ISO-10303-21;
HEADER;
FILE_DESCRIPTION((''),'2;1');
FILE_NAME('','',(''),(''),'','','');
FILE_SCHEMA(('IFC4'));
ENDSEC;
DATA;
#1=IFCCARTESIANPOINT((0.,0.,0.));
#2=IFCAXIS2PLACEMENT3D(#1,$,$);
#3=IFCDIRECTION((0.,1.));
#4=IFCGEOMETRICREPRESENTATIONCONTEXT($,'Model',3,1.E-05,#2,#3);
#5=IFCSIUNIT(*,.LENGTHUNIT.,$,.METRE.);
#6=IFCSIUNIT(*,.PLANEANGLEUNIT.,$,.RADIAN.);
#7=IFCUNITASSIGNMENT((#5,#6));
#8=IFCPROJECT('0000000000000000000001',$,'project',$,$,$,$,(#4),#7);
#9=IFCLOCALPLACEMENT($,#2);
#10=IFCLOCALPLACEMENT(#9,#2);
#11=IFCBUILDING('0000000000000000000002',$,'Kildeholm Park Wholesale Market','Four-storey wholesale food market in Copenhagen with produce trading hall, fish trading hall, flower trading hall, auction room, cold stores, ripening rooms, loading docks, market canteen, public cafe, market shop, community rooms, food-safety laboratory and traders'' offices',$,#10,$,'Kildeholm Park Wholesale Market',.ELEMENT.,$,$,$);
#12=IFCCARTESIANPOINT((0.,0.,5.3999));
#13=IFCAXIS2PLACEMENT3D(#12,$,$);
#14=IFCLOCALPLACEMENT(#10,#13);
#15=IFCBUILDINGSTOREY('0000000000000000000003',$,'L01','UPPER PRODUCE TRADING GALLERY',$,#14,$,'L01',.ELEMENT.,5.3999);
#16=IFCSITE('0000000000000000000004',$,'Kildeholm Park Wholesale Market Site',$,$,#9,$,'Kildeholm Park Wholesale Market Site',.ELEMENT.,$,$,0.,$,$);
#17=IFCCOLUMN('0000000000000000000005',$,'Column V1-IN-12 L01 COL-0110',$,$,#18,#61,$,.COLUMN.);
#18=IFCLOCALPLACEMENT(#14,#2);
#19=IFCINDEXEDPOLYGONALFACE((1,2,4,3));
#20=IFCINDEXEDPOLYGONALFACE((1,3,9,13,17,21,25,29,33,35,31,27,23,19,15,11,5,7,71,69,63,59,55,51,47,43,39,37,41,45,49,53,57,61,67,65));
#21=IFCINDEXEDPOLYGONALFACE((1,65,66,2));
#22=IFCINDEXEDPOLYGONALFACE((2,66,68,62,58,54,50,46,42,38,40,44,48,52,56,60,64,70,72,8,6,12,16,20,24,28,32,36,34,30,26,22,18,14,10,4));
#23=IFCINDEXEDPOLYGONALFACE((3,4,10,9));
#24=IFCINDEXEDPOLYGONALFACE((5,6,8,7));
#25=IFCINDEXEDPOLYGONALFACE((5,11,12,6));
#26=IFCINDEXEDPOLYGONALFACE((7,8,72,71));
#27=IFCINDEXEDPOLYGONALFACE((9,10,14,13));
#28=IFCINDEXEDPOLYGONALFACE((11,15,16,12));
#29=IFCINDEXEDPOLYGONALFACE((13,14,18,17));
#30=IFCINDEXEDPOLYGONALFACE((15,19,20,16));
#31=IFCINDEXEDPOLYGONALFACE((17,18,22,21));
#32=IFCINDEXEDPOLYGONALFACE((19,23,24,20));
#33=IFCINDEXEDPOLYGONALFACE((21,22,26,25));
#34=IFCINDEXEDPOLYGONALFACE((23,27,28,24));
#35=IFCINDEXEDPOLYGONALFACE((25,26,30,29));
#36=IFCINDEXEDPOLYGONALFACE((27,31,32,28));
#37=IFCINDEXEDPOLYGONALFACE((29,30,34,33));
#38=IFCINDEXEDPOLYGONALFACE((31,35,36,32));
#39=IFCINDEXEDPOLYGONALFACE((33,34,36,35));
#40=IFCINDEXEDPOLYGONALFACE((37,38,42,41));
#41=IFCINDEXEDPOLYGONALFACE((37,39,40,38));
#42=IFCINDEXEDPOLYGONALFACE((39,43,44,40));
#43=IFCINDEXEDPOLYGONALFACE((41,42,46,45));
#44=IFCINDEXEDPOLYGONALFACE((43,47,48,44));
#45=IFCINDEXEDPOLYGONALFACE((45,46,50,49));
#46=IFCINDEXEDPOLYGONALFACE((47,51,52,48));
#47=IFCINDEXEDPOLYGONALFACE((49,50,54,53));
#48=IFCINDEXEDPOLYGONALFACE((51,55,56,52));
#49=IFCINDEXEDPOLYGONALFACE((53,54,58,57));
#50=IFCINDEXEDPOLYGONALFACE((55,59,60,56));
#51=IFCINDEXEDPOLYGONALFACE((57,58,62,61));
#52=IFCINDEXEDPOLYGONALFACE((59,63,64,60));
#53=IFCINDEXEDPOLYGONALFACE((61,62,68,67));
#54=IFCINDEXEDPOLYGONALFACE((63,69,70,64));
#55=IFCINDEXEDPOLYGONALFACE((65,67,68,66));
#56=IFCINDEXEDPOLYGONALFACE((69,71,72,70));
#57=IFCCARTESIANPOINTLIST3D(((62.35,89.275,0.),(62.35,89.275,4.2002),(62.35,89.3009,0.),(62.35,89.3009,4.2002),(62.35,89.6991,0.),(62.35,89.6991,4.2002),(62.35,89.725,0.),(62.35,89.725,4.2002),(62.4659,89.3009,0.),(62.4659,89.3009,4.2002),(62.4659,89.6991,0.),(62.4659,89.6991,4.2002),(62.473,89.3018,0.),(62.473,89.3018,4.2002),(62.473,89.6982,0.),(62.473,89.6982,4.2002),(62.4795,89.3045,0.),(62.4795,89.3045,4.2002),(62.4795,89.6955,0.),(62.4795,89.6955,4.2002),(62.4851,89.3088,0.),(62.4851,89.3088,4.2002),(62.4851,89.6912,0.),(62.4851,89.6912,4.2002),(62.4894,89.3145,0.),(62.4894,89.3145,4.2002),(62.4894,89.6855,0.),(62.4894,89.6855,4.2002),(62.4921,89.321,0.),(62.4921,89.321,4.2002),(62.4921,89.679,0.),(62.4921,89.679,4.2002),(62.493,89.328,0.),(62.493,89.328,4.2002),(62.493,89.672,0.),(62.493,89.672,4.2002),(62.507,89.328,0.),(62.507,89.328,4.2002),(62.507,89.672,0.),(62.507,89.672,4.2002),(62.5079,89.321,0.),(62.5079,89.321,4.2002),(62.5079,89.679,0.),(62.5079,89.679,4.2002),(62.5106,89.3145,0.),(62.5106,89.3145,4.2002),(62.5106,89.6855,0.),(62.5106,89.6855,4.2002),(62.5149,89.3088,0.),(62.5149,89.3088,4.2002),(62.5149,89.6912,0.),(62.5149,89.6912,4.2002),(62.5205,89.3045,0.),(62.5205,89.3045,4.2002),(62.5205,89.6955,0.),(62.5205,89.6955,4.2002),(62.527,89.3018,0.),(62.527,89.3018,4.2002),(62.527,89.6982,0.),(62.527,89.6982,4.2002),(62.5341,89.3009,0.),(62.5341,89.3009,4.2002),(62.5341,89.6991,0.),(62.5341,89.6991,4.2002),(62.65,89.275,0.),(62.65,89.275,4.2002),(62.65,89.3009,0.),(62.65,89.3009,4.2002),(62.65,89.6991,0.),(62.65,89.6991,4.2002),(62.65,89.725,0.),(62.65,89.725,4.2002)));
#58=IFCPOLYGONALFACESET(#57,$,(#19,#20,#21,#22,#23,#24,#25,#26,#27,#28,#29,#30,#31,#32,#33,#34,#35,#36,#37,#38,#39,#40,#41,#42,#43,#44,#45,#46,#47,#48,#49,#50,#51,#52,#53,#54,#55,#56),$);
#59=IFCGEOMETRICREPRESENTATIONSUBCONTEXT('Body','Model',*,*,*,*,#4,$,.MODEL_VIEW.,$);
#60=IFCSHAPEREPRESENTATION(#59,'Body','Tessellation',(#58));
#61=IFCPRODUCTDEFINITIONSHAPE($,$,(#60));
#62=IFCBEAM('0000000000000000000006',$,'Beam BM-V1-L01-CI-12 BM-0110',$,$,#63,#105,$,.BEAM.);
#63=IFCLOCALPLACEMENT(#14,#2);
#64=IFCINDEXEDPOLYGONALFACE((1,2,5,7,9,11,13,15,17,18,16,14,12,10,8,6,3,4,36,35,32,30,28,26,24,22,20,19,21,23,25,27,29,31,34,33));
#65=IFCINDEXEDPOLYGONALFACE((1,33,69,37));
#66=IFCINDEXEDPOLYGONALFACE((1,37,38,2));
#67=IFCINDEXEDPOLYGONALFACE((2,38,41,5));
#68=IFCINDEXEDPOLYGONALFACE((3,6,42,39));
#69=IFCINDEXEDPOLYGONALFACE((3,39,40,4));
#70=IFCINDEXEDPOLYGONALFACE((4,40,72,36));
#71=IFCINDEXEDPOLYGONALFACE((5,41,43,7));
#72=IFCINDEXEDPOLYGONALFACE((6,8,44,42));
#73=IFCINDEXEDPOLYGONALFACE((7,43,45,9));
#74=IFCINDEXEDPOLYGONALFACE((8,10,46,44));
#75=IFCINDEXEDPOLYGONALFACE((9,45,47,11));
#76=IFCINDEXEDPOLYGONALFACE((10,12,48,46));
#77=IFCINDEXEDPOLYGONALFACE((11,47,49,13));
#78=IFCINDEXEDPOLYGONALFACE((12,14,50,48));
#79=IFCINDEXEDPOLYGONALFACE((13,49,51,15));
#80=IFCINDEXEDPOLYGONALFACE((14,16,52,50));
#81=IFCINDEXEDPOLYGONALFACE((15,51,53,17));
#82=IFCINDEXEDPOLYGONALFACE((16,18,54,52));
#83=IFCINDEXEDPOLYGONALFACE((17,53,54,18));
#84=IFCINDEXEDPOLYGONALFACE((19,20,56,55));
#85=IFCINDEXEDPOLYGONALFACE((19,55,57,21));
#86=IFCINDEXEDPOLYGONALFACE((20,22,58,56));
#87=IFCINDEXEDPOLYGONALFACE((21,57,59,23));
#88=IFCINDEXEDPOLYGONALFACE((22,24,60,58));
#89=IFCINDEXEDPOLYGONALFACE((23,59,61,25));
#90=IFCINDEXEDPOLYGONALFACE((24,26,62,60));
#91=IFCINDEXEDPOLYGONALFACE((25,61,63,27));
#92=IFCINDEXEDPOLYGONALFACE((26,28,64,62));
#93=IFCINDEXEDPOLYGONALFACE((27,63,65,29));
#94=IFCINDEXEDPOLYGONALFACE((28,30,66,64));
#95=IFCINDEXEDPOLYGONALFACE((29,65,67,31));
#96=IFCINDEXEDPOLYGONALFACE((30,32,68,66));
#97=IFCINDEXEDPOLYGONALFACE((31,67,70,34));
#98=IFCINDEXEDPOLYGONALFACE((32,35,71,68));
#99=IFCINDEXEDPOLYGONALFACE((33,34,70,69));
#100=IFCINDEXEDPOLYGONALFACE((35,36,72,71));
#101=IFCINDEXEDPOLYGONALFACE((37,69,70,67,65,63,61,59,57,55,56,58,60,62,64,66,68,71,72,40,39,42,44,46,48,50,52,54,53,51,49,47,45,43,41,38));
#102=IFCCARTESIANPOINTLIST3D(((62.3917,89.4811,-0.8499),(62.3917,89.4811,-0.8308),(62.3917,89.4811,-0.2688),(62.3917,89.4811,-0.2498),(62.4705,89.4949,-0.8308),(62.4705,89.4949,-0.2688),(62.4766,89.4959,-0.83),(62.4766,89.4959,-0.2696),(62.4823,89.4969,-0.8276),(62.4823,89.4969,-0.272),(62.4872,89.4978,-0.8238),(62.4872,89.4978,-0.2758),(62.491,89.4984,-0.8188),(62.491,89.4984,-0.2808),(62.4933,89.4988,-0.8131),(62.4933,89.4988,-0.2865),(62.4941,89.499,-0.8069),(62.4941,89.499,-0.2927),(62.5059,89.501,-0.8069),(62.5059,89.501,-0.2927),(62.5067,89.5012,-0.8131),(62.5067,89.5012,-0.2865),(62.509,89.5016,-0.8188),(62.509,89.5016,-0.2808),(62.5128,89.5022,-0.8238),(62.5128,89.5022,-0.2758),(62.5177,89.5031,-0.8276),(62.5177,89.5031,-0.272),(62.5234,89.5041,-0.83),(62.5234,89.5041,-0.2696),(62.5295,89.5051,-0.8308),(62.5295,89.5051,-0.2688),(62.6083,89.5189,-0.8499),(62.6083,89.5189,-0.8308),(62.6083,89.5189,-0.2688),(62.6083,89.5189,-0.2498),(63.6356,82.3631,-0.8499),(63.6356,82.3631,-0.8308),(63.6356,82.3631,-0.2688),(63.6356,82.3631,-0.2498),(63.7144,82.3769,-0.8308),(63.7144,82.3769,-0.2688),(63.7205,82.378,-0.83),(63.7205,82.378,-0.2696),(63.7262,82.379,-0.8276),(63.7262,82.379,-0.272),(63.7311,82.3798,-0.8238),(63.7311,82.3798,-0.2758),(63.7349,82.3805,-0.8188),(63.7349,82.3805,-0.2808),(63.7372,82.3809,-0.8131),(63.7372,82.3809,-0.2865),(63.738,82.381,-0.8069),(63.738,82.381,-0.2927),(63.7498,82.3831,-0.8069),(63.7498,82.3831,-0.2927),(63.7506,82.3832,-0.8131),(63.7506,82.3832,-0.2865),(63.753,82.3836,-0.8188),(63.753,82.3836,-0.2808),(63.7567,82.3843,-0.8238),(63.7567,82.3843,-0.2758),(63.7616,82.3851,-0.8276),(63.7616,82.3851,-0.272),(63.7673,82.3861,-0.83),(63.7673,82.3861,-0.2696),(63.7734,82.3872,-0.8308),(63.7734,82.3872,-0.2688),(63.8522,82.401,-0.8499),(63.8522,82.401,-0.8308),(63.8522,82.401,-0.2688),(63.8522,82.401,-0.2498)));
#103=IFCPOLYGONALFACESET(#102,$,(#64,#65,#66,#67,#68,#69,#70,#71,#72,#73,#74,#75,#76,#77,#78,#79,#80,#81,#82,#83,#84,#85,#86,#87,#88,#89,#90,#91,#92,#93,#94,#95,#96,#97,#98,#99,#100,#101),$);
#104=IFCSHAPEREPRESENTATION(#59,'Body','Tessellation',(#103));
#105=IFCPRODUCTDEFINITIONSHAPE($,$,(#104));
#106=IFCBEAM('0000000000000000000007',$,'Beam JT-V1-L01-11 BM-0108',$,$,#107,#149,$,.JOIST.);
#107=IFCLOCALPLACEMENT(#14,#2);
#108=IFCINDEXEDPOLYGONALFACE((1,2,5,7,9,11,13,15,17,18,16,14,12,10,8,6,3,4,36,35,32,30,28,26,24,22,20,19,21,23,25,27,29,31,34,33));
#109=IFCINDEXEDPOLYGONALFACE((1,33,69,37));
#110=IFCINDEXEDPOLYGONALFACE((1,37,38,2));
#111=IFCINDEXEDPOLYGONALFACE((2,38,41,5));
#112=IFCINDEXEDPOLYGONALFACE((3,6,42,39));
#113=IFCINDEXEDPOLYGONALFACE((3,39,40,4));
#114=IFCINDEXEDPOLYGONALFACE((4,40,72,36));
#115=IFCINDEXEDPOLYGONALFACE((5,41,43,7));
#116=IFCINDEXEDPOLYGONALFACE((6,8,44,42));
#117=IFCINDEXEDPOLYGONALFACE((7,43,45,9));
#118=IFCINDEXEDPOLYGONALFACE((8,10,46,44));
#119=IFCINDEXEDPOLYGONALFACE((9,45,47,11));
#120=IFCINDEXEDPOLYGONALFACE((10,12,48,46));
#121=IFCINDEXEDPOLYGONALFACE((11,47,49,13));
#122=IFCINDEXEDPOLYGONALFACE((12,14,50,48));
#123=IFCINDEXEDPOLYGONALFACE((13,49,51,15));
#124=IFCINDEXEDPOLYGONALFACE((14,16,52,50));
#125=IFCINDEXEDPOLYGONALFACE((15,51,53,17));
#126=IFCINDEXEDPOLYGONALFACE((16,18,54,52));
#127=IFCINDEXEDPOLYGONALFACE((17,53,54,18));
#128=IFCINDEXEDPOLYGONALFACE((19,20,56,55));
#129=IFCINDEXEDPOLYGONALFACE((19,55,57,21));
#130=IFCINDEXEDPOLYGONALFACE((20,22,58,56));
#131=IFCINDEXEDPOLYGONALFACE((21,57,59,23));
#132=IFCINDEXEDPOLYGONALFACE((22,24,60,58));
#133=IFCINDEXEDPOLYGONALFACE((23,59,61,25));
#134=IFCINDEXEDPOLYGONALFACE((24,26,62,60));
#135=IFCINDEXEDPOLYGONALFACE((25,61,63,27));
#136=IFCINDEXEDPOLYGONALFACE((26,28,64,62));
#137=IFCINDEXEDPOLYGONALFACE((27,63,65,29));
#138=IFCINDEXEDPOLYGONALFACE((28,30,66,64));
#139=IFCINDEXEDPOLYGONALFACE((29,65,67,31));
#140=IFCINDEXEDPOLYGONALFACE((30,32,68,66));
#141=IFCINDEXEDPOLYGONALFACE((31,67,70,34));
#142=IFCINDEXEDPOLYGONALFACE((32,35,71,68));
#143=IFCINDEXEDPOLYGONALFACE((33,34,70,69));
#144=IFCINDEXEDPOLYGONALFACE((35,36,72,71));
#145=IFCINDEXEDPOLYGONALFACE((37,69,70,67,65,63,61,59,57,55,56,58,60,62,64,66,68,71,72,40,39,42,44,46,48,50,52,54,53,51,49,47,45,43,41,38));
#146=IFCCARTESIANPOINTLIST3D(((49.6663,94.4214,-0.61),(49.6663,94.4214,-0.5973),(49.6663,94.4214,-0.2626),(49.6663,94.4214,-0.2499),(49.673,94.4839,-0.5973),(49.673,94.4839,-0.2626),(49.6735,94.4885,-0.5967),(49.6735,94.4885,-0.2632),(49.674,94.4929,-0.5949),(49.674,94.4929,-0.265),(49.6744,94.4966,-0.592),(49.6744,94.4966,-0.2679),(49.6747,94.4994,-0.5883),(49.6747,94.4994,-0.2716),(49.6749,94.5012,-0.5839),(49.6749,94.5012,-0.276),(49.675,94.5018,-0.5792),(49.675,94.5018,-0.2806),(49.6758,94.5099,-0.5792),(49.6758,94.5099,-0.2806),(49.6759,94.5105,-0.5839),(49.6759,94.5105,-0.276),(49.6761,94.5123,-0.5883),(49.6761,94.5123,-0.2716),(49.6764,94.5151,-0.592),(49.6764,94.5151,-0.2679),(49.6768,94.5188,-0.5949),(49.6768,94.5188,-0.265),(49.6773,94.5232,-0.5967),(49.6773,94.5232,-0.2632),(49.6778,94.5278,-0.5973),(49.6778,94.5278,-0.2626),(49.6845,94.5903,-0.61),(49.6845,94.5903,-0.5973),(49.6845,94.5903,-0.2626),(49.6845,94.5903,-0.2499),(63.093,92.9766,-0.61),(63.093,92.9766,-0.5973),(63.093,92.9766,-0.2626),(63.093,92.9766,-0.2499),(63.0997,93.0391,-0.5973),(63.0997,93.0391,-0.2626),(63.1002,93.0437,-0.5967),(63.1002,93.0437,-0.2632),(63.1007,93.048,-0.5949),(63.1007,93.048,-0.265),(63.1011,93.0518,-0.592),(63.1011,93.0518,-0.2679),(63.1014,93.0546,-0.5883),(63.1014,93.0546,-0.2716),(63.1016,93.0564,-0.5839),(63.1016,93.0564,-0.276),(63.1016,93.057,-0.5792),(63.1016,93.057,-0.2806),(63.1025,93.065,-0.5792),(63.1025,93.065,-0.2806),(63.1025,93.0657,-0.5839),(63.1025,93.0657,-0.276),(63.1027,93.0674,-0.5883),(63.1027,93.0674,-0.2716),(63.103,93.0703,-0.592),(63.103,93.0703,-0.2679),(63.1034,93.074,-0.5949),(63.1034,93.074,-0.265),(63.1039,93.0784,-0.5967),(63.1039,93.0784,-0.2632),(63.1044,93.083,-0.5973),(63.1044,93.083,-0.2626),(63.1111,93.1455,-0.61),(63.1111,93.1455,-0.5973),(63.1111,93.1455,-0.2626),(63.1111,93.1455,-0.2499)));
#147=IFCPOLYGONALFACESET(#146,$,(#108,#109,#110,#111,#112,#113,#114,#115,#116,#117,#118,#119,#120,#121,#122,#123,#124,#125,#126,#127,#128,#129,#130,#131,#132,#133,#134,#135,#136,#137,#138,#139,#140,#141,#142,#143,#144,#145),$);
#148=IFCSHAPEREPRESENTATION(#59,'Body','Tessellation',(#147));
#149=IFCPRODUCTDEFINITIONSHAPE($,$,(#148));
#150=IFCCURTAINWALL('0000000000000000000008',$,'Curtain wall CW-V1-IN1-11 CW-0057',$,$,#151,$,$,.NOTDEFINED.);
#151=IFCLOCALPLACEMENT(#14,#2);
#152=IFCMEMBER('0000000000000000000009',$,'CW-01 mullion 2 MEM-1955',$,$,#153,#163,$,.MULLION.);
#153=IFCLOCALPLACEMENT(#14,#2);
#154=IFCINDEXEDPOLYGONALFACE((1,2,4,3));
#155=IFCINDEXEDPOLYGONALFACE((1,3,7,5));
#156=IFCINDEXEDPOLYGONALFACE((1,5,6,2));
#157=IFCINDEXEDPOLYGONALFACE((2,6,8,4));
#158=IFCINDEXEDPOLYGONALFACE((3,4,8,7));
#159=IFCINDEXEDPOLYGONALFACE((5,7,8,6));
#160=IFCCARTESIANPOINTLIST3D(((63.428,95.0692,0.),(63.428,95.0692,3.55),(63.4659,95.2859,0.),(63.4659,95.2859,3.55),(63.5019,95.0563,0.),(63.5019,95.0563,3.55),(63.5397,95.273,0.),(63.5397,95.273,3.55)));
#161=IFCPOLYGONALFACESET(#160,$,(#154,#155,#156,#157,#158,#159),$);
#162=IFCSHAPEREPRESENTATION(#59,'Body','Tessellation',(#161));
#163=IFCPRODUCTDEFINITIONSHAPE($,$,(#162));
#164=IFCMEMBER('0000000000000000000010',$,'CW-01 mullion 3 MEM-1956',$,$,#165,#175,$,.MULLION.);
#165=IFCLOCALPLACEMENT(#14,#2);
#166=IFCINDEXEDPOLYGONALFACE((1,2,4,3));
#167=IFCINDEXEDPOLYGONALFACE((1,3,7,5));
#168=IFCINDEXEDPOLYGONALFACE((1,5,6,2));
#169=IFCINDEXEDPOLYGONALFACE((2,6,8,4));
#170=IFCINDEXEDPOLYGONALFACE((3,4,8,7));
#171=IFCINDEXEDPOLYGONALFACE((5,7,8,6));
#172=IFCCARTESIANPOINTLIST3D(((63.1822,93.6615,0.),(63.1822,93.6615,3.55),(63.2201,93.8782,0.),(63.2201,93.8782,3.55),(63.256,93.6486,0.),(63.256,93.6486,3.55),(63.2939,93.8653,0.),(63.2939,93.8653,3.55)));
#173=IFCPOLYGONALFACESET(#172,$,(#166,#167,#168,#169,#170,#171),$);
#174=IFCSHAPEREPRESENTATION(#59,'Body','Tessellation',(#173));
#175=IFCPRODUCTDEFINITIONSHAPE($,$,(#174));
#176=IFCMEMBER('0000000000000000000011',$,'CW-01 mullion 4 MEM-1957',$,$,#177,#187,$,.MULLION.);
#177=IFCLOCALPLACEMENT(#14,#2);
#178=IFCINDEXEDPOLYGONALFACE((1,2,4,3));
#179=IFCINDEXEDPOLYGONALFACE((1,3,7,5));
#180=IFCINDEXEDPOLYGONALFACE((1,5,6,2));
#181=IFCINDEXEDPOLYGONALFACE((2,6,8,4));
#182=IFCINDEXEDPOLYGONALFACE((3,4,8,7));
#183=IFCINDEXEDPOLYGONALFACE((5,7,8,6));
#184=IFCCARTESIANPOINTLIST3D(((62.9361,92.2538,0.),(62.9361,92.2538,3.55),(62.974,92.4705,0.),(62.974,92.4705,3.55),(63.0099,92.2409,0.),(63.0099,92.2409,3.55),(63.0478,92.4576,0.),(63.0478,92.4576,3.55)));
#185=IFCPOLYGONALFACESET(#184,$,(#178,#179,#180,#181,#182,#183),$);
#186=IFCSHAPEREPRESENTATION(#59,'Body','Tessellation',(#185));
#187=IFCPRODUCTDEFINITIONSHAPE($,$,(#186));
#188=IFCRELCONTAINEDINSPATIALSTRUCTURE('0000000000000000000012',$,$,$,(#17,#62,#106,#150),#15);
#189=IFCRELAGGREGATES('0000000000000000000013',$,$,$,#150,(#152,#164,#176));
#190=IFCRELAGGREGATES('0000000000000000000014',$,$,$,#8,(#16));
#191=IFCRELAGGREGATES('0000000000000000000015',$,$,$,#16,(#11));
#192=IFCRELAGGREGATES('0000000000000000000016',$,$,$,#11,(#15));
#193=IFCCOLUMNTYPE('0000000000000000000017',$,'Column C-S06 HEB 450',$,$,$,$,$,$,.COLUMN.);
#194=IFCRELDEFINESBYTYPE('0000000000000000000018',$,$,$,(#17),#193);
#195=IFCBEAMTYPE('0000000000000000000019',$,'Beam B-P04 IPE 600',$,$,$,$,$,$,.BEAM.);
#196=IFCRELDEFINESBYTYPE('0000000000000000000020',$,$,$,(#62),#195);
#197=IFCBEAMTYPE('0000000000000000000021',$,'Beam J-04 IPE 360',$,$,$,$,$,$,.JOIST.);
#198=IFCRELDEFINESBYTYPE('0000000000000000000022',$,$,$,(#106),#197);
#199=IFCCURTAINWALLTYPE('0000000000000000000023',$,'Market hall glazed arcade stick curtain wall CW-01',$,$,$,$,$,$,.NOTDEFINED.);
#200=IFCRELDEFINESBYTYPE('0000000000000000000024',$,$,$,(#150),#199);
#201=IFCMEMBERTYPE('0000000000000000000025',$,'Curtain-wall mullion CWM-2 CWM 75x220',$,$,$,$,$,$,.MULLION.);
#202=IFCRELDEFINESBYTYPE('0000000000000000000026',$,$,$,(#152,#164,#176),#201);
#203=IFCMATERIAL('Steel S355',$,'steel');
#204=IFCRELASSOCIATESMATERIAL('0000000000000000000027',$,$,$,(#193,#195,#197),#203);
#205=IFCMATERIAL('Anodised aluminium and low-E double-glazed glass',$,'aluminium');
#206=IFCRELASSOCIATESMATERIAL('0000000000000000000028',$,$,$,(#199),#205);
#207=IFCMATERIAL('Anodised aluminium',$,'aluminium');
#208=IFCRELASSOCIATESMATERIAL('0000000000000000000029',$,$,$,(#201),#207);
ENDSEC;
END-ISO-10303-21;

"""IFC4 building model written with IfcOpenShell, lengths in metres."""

from ifc_helpers import new_model, si_unit, direction, frame, origin, origin_2d, place, context, subcontext, project, spatial, rectangle, i_section, extrude, material, material_profile, profile_set, type_object, element, aggregate, save


model = new_model("IFC4")

# Units and contexts
model_context = context("Model", 3, precision=1e-05, world=origin(), true_north=direction((0.0, 1.0)))
body_context = subcontext(model_context, "Body", "Model", "MODEL_VIEW")
ifc_project = project(units=[si_unit("LENGTHUNIT", "METRE"), si_unit("PLANEANGLEUNIT", "RADIAN")], contexts=[model_context])

# Site, building, storey
site_placement = place(None, origin())
site = spatial("IfcSite", under=ifc_project, at=site_placement, Name="Kildeholm Park Wholesale Market Site", LongName="Kildeholm Park Wholesale Market Site", CompositionType="ELEMENT", RefElevation=0.0)
building_placement = place(site_placement, origin())
building = spatial("IfcBuilding", under=site, at=building_placement, Name="Kildeholm Park Wholesale Market", Description="Four-storey wholesale food market in Copenhagen with produce trading hall, fish trading hall, flower trading hall, auction room, cold stores, ripening rooms, loading docks, market canteen, public cafe, market shop, community rooms, food-safety laboratory and traders' offices", LongName="Kildeholm Park Wholesale Market", CompositionType="ELEMENT")
storey_placement = place(building_placement, frame((0.0, 0.0, 5.3999)))
storey = spatial("IfcBuildingStorey", under=building, at=storey_placement, Name="L01", Description="UPPER PRODUCE TRADING GALLERY", LongName="L01", CompositionType="ELEMENT", Elevation=5.3999)

# Column
ifc_material_1 = material(Name="Steel S355", Category="steel")
ifc_material_profile_1 = material_profile(ifc_material_1, i_section(OverallWidth=0.3, OverallDepth=0.45, WebThickness=0.0139, FlangeThickness=0.0259, FilletRadius=0.0271, at=origin_2d()), Name="HEB 450")
ifc_profile_set_1 = profile_set([ifc_material_profile_1], Name="Steel S355")
column_type = type_object("IfcColumnType", Name="Column C-S06 HEB 450", PredefinedType="COLUMN", material=ifc_profile_set_1)
column_placement = place(storey_placement, frame((62.5, 89.5, 0.0), z_axis=(0.0, 0.0, 1.0), x_axis=(-1.0, 0.0, 0.0)))
element("IfcColumn", 1, at=column_placement, inside=storey, type_object=column_type, Name="Column V1-IN-12 L01 COL-0110", PredefinedType="COLUMN", context=body_context, shape_type="SweptSolid", body=[
    extrude(i_section(OverallWidth=0.3, OverallDepth=0.45, WebThickness=0.0139, FlangeThickness=0.0259, FilletRadius=0.0271, at=origin_2d()), origin(), (0.0, 0.0, 1.0), 4.2002),
])

# Beams
ifc_material_profile_2 = material_profile(ifc_material_1, i_section(OverallWidth=0.22, OverallDepth=0.6001, WebThickness=0.012, FlangeThickness=0.019, FilletRadius=0.0239, at=origin_2d()), Name="IPE 600")
ifc_profile_set_2 = profile_set([ifc_material_profile_2], Name="Steel S355")
beam_type_1 = type_object("IfcBeamType", Name="Beam B-P04 IPE 600", PredefinedType="BEAM", material=ifc_profile_set_2)
beam_1_placement = place(storey_placement, frame((62.5, 89.5, -0.5498), z_axis=(0.172147, -0.985071, 0.0), x_axis=(0.985071, 0.172147, 0.0)))
element("IfcBeam", 2, at=beam_1_placement, inside=storey, type_object=beam_type_1, Name="Beam BM-V1-L01-CI-12 BM-0110", PredefinedType="BEAM", context=body_context, shape_type="SweptSolid", body=[
    extrude(i_section(OverallWidth=0.22, OverallDepth=0.6001, WebThickness=0.012, FlangeThickness=0.019, FilletRadius=0.0239, at=origin_2d()), origin(), (0.0, 0.0, 1.0), 7.2258),
])
ifc_material_profile_3 = material_profile(ifc_material_1, i_section(OverallWidth=0.1699, OverallDepth=0.3601, WebThickness=0.0081, FlangeThickness=0.0127, FilletRadius=0.0181, at=origin_2d()), Name="IPE 360")
ifc_profile_set_3 = profile_set([ifc_material_profile_3], Name="Steel S355")
beam_type_2 = type_object("IfcBeamType", Name="Beam J-04 IPE 360", PredefinedType="JOIST", material=ifc_profile_set_3)
beam_2_placement = place(storey_placement, frame((63.1021, 93.061, -0.4299), z_axis=(-0.99426, 0.10699, 0.0), x_axis=(-0.10699, -0.99426, 0.0)))
element("IfcBeam", 3, at=beam_2_placement, inside=storey, type_object=beam_type_2, Name="Beam JT-V1-L01-11 BM-0108", PredefinedType="JOIST", context=body_context, shape_type="SweptSolid", body=[
    extrude(i_section(OverallWidth=0.1699, OverallDepth=0.3601, WebThickness=0.0081, FlangeThickness=0.0127, FilletRadius=0.0181, at=origin_2d()), origin(), (0.0, 0.0, 1.0), 13.5042),
])

# Curtain wall, members
ifc_material_2 = material(Name="Anodised aluminium and low-E double-glazed glass", Category="aluminium")
curtain_wall_type = type_object("IfcCurtainWallType", Name="Market hall glazed arcade stick curtain wall CW-01", PredefinedType="NOTDEFINED", material=ifc_material_2)
curtain_wall_1_placement = place(storey_placement, origin())
curtain_wall_1 = element("IfcCurtainWall", 4, at=curtain_wall_1_placement, inside=storey, type_object=curtain_wall_type, Name="Curtain wall CW-V1-IN1-11 CW-0057", PredefinedType="NOTDEFINED")
ifc_material_3 = material(Name="Anodised aluminium", Category="aluminium")
ifc_material_profile_4 = material_profile(ifc_material_3, rectangle(XDim=0.075, YDim=0.22, at=origin_2d()), Name="CWM 75x220")
ifc_profile_set_4 = profile_set([ifc_material_profile_4], Name="Anodised aluminium")
member_type_1 = type_object("IfcMemberType", Name="Curtain-wall mullion CWM-2 CWM 75x220", PredefinedType="MULLION", material=ifc_profile_set_4)
member_1_placement = place(storey_placement, frame((63.4839, 95.1711, 0.0), z_axis=(0.0, 0.0, 1.0), x_axis=(0.985074, -0.172133, 0.0)))
member_1 = element("IfcMember", 5, at=member_1_placement, type_object=member_type_1, Name="CW-01 mullion 2 MEM-1955", PredefinedType="MULLION", context=body_context, shape_type="SweptSolid", body=[
    extrude(rectangle(XDim=0.075, YDim=0.22, at=origin_2d()), origin(), (0.0, 0.0, 1.0), 3.55),
])
member_2_placement = place(storey_placement, frame((63.238, 93.7634, 0.0), z_axis=(0.0, 0.0, 1.0), x_axis=(0.985074, -0.172133, 0.0)))
member_2 = element("IfcMember", 6, at=member_2_placement, type_object=member_type_1, Name="CW-01 mullion 3 MEM-1956", PredefinedType="MULLION", context=body_context, shape_type="SweptSolid", body=[
    extrude(rectangle(XDim=0.075, YDim=0.22, at=origin_2d()), origin(), (0.0, 0.0, 1.0), 3.55),
])
member_3_placement = place(storey_placement, frame((62.9919, 92.3557, 0.0), z_axis=(0.0, 0.0, 1.0), x_axis=(0.985074, -0.172133, 0.0)))
member_3 = element("IfcMember", 7, at=member_3_placement, type_object=member_type_1, Name="CW-01 mullion 4 MEM-1957", PredefinedType="MULLION", context=body_context, shape_type="SweptSolid", body=[
    extrude(rectangle(XDim=0.075, YDim=0.22, at=origin_2d()), origin(), (0.0, 0.0, 1.0), 3.55),
])

aggregate(curtain_wall_1, [member_1, member_2, member_3])

save(model, "model.ifc")
